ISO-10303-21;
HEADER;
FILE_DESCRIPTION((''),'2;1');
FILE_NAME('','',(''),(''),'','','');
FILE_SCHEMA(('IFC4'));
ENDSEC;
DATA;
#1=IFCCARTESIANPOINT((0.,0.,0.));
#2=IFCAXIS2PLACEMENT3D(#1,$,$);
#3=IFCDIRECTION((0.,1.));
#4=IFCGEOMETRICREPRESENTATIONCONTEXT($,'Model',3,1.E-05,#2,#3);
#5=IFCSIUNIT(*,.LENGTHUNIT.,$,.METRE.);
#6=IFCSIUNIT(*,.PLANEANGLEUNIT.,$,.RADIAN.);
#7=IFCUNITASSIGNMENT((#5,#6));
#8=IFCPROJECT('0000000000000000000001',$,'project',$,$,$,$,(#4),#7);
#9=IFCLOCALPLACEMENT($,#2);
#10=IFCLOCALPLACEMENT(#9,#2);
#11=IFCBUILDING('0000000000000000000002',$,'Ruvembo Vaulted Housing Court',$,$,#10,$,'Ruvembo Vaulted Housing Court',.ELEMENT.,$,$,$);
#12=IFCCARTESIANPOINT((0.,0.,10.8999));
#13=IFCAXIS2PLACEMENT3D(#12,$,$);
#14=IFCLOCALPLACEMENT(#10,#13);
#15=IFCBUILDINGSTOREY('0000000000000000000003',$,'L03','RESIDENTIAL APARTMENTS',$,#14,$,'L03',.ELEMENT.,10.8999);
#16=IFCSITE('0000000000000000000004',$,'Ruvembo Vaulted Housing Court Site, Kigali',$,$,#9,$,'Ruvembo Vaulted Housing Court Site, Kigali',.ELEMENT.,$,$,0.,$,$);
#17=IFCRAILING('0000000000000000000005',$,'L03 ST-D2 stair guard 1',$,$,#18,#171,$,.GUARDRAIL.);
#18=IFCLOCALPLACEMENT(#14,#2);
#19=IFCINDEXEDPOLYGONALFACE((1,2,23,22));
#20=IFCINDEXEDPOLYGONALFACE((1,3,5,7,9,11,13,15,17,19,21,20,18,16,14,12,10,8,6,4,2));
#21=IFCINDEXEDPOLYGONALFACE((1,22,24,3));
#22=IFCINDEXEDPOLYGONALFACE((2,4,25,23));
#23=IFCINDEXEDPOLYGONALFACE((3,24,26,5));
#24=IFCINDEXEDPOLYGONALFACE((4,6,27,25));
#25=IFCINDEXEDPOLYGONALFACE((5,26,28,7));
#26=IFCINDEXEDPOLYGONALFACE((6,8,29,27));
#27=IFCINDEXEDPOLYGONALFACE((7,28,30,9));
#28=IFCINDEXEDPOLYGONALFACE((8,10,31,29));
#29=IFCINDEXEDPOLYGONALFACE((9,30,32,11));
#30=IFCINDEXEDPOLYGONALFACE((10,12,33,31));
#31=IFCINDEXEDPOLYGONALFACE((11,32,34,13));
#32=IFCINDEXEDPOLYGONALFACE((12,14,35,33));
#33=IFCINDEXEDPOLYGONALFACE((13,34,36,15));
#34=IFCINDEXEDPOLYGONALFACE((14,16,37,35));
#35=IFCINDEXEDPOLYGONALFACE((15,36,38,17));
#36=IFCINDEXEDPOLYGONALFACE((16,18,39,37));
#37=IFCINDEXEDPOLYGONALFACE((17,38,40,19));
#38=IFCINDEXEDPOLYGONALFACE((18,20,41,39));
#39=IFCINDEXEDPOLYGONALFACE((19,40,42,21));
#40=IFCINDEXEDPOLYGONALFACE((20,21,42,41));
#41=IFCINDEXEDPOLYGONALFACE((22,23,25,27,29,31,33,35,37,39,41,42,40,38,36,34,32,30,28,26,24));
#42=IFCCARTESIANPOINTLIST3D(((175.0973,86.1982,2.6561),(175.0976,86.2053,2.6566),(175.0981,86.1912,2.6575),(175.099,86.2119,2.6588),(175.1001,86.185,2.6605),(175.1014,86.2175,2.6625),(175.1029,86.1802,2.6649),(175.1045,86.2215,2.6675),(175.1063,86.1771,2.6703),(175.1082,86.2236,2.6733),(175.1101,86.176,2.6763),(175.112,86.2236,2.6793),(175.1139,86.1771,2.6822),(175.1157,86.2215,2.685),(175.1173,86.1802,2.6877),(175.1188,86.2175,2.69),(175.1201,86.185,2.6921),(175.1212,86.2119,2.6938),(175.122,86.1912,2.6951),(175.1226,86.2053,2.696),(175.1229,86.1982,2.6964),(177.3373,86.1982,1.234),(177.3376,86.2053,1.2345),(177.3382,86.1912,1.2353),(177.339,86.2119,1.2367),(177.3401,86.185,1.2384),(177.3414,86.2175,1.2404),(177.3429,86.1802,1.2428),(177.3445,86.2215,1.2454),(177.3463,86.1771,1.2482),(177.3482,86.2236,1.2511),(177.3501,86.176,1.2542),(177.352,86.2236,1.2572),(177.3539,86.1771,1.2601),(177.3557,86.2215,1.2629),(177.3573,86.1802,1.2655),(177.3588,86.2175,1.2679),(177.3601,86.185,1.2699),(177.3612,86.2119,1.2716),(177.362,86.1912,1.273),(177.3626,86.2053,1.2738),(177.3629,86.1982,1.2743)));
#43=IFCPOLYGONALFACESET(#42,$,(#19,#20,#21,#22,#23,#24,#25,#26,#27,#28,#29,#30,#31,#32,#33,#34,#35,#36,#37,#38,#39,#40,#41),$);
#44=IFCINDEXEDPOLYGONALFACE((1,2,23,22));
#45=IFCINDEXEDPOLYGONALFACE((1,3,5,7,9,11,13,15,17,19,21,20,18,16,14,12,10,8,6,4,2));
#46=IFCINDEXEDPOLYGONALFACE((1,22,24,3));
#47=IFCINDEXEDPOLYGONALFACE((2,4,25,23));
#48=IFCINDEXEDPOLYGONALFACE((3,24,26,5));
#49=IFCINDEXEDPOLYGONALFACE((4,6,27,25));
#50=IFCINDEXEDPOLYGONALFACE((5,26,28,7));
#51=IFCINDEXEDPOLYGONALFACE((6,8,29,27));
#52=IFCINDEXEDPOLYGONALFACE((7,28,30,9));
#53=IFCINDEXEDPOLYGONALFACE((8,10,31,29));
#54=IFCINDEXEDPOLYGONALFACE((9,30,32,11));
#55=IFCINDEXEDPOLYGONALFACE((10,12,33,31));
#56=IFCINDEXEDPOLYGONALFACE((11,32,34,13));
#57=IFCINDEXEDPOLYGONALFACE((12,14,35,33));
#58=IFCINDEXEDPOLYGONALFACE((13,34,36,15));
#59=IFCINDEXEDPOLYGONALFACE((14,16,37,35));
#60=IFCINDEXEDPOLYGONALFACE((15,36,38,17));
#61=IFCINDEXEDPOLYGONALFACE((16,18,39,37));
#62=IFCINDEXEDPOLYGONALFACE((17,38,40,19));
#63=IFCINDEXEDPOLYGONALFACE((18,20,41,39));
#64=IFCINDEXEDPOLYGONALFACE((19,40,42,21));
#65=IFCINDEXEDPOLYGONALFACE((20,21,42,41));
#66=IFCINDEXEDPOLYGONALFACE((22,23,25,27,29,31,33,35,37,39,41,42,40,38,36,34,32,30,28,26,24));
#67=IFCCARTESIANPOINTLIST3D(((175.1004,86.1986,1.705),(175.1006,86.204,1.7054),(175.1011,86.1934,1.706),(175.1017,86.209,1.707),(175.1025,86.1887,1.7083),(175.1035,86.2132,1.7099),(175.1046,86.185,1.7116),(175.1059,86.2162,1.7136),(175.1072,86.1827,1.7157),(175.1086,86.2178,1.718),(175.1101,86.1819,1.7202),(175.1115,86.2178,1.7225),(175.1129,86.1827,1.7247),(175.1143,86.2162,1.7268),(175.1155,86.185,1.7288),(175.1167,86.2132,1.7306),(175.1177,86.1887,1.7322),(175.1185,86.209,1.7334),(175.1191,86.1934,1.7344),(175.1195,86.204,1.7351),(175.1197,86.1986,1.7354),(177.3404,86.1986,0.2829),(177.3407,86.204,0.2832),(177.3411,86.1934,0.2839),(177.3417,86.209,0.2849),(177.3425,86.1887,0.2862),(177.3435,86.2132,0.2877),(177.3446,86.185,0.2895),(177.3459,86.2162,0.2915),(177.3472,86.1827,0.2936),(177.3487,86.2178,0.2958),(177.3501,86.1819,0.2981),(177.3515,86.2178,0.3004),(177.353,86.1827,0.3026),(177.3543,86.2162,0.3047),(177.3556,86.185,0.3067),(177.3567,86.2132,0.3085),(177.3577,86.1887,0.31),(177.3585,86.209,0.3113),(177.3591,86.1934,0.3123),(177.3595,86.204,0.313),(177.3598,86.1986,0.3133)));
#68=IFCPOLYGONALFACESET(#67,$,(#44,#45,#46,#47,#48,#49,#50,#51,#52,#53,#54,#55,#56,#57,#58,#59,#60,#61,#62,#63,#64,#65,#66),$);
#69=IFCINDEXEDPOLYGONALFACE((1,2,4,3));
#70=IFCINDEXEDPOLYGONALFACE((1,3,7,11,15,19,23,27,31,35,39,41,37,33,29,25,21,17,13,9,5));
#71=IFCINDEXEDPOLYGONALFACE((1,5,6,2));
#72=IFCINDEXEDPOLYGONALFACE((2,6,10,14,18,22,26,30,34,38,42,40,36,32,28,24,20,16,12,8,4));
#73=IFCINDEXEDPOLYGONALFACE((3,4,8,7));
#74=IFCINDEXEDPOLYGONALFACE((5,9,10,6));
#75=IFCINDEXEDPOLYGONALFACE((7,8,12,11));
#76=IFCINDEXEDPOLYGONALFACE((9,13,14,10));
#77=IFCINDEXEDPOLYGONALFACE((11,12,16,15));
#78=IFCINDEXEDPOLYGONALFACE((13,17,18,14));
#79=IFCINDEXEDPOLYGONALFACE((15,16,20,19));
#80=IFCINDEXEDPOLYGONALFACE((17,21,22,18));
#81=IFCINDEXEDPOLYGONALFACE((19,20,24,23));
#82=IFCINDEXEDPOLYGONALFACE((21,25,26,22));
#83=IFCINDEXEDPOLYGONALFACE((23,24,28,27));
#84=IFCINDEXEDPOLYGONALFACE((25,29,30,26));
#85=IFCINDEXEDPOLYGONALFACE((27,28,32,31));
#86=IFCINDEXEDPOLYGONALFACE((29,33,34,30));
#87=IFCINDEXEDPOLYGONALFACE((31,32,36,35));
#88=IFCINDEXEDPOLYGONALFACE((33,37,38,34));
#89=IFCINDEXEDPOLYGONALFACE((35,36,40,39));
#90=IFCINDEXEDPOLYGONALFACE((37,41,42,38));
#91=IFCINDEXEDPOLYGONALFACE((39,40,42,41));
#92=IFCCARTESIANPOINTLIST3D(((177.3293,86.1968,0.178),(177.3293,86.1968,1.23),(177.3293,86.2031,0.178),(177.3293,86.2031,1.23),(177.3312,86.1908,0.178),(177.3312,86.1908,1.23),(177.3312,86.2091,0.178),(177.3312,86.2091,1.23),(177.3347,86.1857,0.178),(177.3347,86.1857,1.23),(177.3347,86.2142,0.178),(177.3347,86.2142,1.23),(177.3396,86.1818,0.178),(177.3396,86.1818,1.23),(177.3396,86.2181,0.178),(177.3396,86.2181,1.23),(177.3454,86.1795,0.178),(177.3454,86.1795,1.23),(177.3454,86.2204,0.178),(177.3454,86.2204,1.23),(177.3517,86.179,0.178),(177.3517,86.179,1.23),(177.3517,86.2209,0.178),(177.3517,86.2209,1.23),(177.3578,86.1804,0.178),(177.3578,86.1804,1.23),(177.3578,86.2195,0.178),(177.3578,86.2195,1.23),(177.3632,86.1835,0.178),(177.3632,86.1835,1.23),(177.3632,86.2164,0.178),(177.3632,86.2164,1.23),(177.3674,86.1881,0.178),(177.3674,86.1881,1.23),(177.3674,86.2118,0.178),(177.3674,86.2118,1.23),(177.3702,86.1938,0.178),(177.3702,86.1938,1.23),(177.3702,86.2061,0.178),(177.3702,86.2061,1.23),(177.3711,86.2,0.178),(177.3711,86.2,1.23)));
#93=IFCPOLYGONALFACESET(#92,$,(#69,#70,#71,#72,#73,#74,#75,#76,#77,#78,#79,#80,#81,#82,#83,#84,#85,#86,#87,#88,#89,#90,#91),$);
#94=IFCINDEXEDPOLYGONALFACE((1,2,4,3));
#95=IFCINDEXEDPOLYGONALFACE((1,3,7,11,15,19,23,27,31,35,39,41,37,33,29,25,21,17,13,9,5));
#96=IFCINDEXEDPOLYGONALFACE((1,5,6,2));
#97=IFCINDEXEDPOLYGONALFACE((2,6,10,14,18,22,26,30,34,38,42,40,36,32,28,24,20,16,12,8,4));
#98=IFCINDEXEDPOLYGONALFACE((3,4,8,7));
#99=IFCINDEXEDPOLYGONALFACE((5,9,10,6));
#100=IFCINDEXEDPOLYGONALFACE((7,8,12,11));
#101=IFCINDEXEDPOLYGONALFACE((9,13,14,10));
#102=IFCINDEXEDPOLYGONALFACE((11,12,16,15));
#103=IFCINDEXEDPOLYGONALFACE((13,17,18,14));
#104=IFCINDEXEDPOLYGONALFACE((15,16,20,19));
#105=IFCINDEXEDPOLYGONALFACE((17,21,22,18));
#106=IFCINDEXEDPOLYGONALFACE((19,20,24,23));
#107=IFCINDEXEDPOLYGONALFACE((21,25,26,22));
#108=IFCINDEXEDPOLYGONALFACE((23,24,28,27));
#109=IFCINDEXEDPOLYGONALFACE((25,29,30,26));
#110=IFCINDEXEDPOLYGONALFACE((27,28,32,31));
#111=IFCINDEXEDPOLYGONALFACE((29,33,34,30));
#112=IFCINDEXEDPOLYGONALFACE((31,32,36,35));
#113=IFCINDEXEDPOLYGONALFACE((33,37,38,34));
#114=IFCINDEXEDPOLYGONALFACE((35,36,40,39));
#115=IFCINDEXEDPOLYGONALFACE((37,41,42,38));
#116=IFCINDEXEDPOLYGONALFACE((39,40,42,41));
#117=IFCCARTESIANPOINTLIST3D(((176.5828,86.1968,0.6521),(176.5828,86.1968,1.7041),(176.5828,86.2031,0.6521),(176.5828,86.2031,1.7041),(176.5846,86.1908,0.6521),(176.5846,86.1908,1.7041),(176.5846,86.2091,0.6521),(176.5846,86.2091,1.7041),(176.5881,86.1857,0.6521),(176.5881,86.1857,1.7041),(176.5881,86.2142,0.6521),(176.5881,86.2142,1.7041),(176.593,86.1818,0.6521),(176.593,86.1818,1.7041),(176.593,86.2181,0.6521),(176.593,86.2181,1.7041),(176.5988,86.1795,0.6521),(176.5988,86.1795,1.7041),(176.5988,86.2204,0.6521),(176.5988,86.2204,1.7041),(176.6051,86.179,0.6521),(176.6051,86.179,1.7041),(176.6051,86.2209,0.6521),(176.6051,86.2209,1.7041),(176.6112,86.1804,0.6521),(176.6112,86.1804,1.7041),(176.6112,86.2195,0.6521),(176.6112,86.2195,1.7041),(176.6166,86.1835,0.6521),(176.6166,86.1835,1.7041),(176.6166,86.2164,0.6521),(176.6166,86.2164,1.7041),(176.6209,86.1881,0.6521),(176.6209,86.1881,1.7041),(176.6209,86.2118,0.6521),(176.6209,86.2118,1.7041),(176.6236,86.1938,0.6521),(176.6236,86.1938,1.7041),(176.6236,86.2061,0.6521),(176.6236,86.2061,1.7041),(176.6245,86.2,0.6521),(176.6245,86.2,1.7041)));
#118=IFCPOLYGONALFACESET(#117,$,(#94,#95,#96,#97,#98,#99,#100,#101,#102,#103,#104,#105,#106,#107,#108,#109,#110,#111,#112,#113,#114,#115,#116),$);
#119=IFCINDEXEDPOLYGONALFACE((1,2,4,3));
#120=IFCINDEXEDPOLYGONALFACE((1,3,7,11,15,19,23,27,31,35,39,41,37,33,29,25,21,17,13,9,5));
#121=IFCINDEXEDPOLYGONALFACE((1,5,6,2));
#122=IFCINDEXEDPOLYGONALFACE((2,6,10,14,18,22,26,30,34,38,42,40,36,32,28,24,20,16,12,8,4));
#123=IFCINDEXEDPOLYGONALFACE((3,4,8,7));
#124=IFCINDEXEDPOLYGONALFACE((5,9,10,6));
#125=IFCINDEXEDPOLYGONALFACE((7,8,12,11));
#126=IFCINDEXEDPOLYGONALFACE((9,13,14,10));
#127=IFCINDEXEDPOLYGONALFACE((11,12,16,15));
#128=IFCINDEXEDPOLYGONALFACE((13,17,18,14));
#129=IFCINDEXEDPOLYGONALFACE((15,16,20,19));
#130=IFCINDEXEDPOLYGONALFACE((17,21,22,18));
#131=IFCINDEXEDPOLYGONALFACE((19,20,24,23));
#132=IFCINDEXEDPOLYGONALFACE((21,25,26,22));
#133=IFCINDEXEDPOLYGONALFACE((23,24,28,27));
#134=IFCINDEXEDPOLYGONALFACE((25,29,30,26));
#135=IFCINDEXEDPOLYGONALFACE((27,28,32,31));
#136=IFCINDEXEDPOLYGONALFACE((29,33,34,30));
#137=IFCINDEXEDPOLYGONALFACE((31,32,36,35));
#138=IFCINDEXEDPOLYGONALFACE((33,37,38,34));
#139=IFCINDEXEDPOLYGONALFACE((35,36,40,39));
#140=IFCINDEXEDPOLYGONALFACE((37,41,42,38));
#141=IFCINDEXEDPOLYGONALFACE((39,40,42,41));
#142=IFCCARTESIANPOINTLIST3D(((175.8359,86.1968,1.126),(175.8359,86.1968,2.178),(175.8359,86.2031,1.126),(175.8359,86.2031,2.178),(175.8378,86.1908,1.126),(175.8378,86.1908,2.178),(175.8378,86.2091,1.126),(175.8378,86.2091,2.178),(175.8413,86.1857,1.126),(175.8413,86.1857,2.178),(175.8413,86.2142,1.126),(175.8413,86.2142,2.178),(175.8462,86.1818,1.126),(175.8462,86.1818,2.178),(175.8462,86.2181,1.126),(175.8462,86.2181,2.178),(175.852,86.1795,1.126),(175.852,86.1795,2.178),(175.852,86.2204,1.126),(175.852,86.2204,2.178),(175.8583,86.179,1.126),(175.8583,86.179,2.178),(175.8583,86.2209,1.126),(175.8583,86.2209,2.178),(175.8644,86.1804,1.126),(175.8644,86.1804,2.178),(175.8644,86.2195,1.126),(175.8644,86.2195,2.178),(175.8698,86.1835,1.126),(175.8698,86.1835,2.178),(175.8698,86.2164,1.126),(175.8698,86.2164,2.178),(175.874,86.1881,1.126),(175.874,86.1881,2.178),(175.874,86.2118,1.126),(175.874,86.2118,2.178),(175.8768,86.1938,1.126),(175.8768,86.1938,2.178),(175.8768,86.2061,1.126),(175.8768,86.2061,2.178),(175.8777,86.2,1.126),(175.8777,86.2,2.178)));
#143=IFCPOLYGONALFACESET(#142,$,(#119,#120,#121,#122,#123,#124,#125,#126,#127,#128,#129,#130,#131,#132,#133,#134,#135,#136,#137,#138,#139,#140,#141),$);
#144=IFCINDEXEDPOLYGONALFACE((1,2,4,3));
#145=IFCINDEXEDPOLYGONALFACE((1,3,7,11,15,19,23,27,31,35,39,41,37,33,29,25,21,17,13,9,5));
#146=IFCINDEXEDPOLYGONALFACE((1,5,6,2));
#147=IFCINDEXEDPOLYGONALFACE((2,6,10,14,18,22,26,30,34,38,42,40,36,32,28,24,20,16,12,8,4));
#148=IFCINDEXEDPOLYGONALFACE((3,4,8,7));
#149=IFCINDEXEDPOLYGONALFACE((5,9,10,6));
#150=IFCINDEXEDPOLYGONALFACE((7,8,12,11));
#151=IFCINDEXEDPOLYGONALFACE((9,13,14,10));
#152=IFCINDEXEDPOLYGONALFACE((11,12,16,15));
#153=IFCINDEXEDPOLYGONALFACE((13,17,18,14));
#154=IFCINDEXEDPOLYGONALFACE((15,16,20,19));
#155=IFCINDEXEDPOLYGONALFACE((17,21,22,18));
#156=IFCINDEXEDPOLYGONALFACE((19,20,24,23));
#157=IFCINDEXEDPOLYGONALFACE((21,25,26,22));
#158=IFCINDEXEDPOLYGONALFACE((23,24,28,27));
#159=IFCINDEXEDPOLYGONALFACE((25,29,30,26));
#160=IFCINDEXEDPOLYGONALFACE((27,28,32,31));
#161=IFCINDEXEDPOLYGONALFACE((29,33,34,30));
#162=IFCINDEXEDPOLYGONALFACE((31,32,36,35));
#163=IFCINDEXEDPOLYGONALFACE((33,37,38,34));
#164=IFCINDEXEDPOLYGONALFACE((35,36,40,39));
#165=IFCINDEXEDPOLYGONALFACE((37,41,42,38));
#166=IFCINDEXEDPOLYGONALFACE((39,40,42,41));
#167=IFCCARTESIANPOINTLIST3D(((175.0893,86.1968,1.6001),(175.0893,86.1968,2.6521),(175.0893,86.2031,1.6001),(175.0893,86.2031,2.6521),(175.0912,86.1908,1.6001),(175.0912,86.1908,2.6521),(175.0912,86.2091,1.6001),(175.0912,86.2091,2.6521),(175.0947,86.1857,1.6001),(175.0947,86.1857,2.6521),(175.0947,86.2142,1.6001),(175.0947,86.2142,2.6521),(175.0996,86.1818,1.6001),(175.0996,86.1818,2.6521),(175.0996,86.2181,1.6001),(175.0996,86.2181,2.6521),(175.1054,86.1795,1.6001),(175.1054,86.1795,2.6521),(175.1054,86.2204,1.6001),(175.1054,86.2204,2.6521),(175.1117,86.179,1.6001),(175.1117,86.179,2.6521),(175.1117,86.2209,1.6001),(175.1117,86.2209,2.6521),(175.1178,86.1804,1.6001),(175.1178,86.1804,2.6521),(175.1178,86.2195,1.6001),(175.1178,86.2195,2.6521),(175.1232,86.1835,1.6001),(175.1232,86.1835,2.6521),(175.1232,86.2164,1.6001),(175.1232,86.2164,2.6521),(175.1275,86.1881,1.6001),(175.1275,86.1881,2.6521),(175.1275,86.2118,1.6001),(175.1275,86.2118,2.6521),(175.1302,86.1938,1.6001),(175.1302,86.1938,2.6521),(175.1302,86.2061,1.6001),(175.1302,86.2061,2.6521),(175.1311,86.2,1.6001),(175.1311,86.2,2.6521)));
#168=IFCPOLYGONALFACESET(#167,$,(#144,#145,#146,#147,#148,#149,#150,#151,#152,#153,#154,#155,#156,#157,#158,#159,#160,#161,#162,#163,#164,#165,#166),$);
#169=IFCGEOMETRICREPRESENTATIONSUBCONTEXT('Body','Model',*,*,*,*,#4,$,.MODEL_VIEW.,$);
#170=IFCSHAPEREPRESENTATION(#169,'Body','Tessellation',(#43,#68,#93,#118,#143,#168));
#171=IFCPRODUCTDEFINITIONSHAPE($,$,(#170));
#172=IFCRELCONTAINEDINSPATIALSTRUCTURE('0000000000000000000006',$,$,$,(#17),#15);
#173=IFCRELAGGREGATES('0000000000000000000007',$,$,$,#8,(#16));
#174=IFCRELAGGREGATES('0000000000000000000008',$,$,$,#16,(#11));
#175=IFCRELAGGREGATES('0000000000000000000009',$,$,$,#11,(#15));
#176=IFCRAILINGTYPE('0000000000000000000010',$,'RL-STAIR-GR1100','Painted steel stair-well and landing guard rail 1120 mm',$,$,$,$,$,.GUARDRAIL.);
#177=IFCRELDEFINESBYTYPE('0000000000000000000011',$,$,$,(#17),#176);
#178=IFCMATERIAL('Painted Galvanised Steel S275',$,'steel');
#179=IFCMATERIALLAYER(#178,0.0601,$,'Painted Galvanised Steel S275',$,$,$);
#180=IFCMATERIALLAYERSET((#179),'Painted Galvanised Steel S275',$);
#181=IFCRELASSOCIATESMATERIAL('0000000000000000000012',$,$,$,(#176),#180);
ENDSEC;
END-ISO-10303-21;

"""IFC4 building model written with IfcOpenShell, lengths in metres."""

from ifc_helpers import new_model, si_unit, direction, frame, origin, origin_2d, place, context, subcontext, project, spatial, circle, extrude, material, layer, layer_set, type_object, element, save


model = new_model("IFC4")

# Units and contexts
model_context = context("Model", 3, precision=1e-05, world=origin(), true_north=direction((0.0, 1.0)))
body_context = subcontext(model_context, "Body", "Model", "MODEL_VIEW")
ifc_project = project(units=[si_unit("LENGTHUNIT", "METRE"), si_unit("PLANEANGLEUNIT", "RADIAN")], contexts=[model_context])

# Site, building, storey
site_placement = place(None, origin())
site = spatial("IfcSite", under=ifc_project, at=site_placement, Name="Ruvembo Vaulted Housing Court Site, Kigali", LongName="Ruvembo Vaulted Housing Court Site, Kigali", CompositionType="ELEMENT", RefElevation=0.0)
building_placement = place(site_placement, origin())
building = spatial("IfcBuilding", under=site, at=building_placement, Name="Ruvembo Vaulted Housing Court", LongName="Ruvembo Vaulted Housing Court", CompositionType="ELEMENT")
storey_placement = place(building_placement, frame((0.0, 0.0, 10.8999)))
storey = spatial("IfcBuildingStorey", under=building, at=storey_placement, Name="L03", Description="RESIDENTIAL APARTMENTS", LongName="L03", CompositionType="ELEMENT", Elevation=10.8999)

# Railing
ifc_material_1 = material(Name="Painted Galvanised Steel S275", Category="steel")
ifc_layer_1 = layer(ifc_material_1, 0.0601, Name="Painted Galvanised Steel S275")
ifc_layer_set_1 = layer_set([ifc_layer_1], Name="Painted Galvanised Steel S275")
railing_type_1 = type_object("IfcRailingType", Name="RL-STAIR-GR1100", Description="Painted steel stair-well and landing guard rail 1120 mm", PredefinedType="GUARDRAIL", material=ifc_layer_set_1)
railing_1_placement = place(storey_placement, frame((177.3501, 86.2, 0.178)))
element("IfcRailing", 1, at=railing_1_placement, inside=storey, type_object=railing_type_1, Name="L03 ST-D2 stair guard 1", PredefinedType="GUARDRAIL", context=body_context, shape_type="SweptSolid", body=[
    extrude(circle(Radius=0.0239, at=origin_2d()), frame((0.0, 0.0, 1.0762), z_axis=(-0.844229, 0.0, 0.535982), x_axis=(0.0, -1.0, 0.0)), (0.0, 0.0, 1.0), 2.6533),
    extrude(circle(Radius=0.0181, at=origin_2d()), frame((0.0, 0.0, 0.1201), z_axis=(-0.844229, 0.0, 0.535982), x_axis=(0.0, -1.0, 0.0)), (0.0, 0.0, 1.0), 2.6533),
    extrude(circle(Radius=0.021, at=origin_2d()), origin(), (0.0, 0.0, 1.0), 1.052),
    extrude(circle(Radius=0.021, at=origin_2d()), frame((-0.7466, 0.0, 0.4741)), (0.0, 0.0, 1.0), 1.052),
    extrude(circle(Radius=0.021, at=origin_2d()), frame((-1.4934, 0.0, 0.948)), (0.0, 0.0, 1.0), 1.052),
    extrude(circle(Radius=0.021, at=origin_2d()), frame((-2.24, 0.0, 1.4221)), (0.0, 0.0, 1.0), 1.052),
])

save(model, "model.ifc")
